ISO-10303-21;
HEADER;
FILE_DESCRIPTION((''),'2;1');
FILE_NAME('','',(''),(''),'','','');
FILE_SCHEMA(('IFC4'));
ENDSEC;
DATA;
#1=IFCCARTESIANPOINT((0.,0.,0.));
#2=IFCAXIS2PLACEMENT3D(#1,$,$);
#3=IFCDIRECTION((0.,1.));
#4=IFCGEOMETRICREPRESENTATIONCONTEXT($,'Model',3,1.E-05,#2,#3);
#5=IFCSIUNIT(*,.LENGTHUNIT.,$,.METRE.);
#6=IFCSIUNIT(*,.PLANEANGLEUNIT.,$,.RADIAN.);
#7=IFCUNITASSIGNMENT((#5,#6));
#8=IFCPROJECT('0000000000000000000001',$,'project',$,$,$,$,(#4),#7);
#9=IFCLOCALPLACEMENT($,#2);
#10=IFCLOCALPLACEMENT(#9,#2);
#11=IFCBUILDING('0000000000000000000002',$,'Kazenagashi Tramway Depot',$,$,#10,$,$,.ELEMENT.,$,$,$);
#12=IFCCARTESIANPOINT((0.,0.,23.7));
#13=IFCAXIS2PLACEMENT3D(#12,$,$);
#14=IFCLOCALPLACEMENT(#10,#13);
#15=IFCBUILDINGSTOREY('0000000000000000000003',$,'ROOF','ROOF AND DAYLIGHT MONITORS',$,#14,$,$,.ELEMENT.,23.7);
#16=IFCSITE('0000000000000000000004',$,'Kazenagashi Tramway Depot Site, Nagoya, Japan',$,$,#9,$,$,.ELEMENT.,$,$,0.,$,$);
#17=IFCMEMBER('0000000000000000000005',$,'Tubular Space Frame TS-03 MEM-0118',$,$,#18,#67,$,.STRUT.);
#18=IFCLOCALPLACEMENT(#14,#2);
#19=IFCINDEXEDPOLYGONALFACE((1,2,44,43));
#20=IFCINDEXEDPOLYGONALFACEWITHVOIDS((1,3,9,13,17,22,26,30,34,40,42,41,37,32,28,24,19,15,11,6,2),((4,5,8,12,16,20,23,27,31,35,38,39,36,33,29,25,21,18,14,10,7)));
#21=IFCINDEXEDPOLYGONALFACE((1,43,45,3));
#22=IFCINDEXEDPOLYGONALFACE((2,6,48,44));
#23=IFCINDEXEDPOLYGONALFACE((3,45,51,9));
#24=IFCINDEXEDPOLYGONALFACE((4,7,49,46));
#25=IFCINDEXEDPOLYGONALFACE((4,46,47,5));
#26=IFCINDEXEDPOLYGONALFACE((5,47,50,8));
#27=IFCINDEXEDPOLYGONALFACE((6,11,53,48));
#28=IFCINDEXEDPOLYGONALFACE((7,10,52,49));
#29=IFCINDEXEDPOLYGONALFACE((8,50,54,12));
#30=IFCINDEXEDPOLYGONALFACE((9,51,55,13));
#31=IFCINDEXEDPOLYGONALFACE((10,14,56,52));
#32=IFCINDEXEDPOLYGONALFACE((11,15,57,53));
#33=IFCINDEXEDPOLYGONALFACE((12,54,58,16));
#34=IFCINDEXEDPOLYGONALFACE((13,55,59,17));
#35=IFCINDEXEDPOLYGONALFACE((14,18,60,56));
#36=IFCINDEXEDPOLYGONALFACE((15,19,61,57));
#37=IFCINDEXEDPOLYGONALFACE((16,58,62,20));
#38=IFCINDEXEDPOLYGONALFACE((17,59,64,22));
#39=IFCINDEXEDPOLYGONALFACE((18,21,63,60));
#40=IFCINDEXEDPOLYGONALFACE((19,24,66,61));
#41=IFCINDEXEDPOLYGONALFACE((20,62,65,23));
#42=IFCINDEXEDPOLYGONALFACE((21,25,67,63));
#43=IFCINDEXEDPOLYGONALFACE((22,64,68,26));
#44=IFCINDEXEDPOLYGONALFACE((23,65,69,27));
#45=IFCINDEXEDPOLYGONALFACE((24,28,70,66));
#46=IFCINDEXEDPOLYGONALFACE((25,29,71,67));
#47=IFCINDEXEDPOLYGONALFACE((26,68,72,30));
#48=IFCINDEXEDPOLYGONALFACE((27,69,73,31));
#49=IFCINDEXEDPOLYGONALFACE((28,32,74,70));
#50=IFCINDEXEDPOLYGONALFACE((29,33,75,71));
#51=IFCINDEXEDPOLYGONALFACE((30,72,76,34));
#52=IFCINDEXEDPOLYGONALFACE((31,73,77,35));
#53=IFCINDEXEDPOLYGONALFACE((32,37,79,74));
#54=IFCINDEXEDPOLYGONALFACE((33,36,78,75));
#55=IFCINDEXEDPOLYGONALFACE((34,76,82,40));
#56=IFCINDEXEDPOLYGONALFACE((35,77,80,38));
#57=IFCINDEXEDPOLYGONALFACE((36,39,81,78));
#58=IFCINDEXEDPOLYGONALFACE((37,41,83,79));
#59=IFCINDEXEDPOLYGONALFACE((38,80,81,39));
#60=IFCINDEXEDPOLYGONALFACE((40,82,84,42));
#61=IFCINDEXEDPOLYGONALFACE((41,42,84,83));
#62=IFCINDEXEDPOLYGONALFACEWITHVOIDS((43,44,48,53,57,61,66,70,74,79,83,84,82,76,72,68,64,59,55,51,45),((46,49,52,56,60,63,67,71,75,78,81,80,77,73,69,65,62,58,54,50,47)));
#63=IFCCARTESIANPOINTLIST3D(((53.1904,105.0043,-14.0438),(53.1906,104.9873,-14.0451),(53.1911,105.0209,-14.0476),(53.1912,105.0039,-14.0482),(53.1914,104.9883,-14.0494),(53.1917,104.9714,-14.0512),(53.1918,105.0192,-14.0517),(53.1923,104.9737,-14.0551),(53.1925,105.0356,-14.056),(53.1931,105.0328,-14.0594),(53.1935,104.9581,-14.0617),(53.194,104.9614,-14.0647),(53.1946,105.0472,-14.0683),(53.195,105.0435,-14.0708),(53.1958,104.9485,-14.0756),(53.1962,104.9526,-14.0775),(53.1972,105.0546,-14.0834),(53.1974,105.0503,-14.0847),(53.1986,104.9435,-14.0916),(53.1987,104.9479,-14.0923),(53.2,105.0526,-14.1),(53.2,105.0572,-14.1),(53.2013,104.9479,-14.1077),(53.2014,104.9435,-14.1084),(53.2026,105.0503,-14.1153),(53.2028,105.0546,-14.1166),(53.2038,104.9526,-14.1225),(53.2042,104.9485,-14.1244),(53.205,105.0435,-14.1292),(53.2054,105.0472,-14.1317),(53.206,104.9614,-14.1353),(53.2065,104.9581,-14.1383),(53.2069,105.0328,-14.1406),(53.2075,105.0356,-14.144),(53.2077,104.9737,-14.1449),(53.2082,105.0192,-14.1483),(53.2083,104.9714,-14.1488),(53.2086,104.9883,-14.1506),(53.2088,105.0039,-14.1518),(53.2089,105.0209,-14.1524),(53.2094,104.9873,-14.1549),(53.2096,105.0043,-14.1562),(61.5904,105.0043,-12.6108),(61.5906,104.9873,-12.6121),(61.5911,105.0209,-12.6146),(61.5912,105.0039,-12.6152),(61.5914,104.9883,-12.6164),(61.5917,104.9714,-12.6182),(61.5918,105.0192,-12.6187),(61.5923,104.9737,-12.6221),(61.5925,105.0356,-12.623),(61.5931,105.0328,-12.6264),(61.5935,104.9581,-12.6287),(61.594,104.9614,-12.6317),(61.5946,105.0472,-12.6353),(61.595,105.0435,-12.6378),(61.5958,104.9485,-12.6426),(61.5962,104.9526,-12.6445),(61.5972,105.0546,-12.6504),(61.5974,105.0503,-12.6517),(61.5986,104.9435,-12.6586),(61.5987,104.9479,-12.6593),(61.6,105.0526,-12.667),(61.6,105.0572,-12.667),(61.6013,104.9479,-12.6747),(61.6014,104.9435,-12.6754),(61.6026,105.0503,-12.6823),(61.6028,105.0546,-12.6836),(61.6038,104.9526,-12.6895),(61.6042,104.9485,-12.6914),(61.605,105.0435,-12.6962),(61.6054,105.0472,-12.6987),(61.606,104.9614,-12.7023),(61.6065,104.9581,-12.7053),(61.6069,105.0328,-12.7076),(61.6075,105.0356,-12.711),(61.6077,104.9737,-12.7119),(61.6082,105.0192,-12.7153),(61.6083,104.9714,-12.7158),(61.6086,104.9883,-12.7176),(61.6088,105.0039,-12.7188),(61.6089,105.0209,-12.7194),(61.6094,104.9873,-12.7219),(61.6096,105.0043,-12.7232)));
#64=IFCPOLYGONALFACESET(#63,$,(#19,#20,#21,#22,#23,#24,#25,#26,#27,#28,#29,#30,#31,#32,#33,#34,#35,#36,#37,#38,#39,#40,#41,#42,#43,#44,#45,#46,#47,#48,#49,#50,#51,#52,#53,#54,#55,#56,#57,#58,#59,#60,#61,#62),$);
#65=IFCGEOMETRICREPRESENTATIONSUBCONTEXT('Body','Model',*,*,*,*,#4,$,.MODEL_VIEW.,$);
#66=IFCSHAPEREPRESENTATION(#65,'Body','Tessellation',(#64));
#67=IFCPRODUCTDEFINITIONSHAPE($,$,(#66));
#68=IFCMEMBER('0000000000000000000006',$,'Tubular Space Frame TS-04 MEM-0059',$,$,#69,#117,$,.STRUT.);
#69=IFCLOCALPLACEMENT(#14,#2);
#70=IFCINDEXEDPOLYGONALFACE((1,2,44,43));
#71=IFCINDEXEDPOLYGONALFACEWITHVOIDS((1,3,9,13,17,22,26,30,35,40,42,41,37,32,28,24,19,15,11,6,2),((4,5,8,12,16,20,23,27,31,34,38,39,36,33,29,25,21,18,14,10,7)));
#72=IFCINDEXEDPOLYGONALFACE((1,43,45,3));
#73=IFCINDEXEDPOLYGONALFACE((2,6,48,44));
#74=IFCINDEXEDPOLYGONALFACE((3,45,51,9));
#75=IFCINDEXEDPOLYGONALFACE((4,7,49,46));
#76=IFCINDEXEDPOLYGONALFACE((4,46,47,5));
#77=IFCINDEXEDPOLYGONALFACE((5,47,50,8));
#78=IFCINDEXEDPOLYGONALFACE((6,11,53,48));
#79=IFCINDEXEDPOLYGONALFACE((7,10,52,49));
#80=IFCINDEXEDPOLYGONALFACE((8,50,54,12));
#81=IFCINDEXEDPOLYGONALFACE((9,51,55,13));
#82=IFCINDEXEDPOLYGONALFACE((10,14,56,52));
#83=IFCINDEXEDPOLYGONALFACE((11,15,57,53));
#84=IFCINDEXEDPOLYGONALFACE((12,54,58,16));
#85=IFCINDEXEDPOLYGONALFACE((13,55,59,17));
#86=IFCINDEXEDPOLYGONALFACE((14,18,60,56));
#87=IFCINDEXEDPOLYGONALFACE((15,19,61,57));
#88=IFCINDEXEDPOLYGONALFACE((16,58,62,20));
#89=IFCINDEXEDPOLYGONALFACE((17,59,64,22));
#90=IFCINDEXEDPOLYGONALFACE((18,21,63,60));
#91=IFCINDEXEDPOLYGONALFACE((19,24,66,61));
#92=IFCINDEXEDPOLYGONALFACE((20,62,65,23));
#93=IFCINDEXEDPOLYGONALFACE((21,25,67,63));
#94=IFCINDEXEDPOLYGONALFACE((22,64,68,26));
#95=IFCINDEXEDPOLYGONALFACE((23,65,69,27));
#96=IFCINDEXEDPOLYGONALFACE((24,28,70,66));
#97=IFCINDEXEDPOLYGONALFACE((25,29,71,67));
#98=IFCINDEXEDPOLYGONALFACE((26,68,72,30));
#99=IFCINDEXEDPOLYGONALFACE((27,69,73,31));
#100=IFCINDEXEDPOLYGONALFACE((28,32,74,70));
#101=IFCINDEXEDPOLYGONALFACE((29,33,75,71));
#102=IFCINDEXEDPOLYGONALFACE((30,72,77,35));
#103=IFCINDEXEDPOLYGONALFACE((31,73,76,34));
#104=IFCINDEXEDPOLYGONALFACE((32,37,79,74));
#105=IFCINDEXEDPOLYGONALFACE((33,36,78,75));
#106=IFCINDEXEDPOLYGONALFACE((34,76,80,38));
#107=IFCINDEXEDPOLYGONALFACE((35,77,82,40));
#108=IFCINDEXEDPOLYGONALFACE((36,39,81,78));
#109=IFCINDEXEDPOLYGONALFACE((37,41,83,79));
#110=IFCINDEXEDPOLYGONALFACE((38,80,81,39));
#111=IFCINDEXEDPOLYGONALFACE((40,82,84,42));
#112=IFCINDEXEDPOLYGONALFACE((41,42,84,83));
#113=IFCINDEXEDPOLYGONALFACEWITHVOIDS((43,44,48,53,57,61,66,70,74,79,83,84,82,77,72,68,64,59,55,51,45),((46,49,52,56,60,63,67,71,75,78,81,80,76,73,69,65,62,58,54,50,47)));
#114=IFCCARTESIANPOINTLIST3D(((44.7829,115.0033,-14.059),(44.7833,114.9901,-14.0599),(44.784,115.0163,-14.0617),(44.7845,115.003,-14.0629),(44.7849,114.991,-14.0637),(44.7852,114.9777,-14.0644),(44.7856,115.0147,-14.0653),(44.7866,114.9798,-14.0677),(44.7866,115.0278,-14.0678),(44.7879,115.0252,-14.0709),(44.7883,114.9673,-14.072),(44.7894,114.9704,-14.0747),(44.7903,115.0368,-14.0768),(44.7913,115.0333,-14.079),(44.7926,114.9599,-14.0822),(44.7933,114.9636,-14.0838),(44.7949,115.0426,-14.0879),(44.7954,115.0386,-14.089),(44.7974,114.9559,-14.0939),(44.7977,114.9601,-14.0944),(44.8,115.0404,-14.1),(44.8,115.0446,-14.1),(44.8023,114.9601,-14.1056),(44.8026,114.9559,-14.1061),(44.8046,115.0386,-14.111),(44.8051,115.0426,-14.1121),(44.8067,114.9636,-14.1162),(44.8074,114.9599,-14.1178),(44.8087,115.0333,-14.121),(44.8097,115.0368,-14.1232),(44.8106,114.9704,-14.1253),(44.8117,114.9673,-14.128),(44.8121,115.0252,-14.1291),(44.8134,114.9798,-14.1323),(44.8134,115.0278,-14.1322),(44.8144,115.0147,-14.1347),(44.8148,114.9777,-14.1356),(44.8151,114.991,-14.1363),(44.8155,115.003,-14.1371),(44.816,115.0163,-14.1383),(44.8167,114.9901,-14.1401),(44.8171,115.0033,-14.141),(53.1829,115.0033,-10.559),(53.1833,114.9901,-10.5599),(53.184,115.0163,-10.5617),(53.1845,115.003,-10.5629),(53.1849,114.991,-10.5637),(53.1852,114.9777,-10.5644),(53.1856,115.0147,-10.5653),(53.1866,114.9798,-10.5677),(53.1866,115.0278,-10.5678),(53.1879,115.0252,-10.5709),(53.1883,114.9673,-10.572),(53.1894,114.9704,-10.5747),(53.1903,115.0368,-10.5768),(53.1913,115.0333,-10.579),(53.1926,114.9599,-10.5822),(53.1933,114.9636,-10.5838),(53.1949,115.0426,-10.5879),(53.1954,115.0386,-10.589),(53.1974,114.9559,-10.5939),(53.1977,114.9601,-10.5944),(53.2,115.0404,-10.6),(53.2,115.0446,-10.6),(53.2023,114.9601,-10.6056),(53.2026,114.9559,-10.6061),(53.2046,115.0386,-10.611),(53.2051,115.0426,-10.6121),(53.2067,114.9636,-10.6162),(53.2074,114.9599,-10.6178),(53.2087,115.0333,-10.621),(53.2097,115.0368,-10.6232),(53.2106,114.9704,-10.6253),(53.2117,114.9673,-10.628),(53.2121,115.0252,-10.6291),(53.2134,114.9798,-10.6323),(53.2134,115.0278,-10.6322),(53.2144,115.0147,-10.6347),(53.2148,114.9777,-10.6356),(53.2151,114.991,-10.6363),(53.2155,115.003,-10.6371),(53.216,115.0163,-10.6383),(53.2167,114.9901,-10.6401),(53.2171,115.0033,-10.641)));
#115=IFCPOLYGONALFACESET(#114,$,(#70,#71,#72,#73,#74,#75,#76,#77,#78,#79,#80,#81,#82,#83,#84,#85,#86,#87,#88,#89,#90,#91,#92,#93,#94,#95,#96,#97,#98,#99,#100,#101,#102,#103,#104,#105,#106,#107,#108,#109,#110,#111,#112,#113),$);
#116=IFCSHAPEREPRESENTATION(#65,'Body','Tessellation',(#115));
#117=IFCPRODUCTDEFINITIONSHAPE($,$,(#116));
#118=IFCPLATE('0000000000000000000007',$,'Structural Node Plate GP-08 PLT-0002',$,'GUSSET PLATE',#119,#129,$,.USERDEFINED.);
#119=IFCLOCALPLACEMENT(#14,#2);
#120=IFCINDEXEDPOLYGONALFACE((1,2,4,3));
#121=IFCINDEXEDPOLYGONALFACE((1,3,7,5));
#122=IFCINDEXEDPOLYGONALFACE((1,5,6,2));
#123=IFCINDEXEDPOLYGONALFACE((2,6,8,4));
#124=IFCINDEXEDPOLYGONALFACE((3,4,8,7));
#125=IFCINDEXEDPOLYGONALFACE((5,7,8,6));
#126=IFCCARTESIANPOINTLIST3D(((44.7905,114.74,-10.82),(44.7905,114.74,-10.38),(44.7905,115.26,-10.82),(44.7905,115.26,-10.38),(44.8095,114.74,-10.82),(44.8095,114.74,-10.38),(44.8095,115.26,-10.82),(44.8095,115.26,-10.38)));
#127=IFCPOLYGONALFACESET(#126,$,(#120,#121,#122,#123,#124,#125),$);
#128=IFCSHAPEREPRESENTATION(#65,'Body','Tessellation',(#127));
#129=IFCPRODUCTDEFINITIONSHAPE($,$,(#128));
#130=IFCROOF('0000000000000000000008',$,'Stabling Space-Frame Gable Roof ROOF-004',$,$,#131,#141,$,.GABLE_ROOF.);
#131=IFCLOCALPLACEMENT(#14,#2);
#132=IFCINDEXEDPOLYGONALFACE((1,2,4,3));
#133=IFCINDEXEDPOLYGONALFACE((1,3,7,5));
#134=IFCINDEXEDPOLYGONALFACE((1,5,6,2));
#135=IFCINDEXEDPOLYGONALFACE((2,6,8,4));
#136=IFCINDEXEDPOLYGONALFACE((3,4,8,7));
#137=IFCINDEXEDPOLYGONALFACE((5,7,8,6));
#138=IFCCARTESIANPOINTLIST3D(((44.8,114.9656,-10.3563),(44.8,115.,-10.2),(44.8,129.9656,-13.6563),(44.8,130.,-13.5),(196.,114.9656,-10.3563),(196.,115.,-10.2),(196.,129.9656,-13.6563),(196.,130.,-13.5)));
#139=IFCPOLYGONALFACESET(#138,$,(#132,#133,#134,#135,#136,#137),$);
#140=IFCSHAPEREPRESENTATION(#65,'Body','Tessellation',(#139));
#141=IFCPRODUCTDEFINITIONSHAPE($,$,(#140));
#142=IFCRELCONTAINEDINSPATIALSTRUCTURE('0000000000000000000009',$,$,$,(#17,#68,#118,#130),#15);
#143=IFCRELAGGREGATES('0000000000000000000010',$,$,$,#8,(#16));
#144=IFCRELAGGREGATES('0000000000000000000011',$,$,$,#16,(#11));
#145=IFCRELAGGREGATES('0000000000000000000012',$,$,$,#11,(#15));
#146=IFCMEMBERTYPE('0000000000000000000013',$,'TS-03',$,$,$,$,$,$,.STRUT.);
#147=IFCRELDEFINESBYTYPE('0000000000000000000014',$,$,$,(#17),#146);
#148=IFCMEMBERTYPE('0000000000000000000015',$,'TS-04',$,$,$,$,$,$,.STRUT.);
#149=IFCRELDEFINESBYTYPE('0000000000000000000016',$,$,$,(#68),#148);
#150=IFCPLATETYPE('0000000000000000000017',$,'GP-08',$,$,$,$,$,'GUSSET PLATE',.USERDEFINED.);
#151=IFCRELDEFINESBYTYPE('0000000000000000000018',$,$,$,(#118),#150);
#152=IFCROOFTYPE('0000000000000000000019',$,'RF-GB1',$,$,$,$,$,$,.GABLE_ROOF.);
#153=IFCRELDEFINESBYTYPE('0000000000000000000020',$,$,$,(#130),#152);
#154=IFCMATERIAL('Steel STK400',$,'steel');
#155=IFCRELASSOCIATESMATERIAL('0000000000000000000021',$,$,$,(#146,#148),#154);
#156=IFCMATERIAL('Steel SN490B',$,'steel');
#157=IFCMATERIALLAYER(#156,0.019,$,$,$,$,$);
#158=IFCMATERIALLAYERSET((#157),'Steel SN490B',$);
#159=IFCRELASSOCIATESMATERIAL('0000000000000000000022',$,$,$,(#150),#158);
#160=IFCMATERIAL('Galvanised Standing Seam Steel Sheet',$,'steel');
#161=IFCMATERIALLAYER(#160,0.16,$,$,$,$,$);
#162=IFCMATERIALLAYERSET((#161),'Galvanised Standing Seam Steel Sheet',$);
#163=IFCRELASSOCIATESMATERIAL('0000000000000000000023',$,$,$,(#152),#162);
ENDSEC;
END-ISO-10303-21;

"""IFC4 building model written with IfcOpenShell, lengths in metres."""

from ifc_helpers import new_model, si_unit, direction, frame, origin, origin_2d, place, context, subcontext, project, spatial, polyline, rectangle, hollow_circle, outline, extrude, material, layer, layer_set, material_profile, profile_set, type_object, element, save


model = new_model("IFC4")

# Units and contexts
model_context = context("Model", 3, precision=1e-05, world=origin(), true_north=direction((0.0, 1.0)))
body_context = subcontext(model_context, "Body", "Model", "MODEL_VIEW")
ifc_project = project(units=[si_unit("LENGTHUNIT", "METRE"), si_unit("PLANEANGLEUNIT", "RADIAN")], contexts=[model_context])

# Site, building, storey
site_placement = place(None, origin())
site = spatial("IfcSite", under=ifc_project, at=site_placement, Name="Kazenagashi Tramway Depot Site, Nagoya, Japan", CompositionType="ELEMENT", RefElevation=0.0)
building_placement = place(site_placement, origin())
building = spatial("IfcBuilding", under=site, at=building_placement, Name="Kazenagashi Tramway Depot", CompositionType="ELEMENT")
storey_placement = place(building_placement, frame((0.0, 0.0, 23.7)))
storey = spatial("IfcBuildingStorey", under=building, at=storey_placement, Name="ROOF", Description="ROOF AND DAYLIGHT MONITORS", CompositionType="ELEMENT", Elevation=23.7)

# Members
ifc_material_1 = material(Name="Steel STK400", Category="steel")
ifc_material_profile_1 = material_profile(ifc_material_1, hollow_circle(Radius=0.0571, WallThickness=0.0045, at=origin_2d()), Name="CHS-114.3x4.5")
ifc_profile_set_1 = profile_set([ifc_material_profile_1], Name="Steel STK400")
member_type_1 = type_object("IfcMemberType", Name="TS-03", PredefinedType="STRUT", material=ifc_profile_set_1)
for number, where, z_axis, x_axis, name in (
    (1, (53.2, 105.0, -14.1), (0.985759, 0.0, 0.168166), (0.0, 1.0, 0.0), "Tubular Space Frame TS-03 MEM-0118"),
):
    element("IfcMember", number, at=place(storey_placement, frame(where, z_axis=z_axis, x_axis=x_axis)), inside=storey, type_object=member_type_1, Name=name, PredefinedType="STRUT", context=body_context, shape_type="SweptSolid", body=[
        extrude(hollow_circle(Radius=0.0571, WallThickness=0.0045, at=origin_2d()), origin(), (0.0, 0.0, 1.0), 8.5214),
    ])
ifc_material_profile_2 = material_profile(ifc_material_1, hollow_circle(Radius=0.0445, WallThickness=0.0042, at=origin_2d()), Name="CHS-89.1x4.2")
ifc_profile_set_2 = profile_set([ifc_material_profile_2], Name="Steel STK400")
member_type_2 = type_object("IfcMemberType", Name="TS-04", PredefinedType="STRUT", material=ifc_profile_set_2)
member_1_placement = place(storey_placement, frame((44.8, 115.0, -14.1), z_axis=(0.923077, 0.0, 0.384615), x_axis=(0.0, 1.0, 0.0)))
element("IfcMember", 2, at=member_1_placement, inside=storey, type_object=member_type_2, Name="Tubular Space Frame TS-04 MEM-0059", PredefinedType="STRUT", context=body_context, shape_type="SweptSolid", body=[
    extrude(hollow_circle(Radius=0.0445, WallThickness=0.0042, at=origin_2d()), origin(), (0.0, 0.0, 1.0), 9.1),
])

# Plate
ifc_material_2 = material(Name="Steel SN490B", Category="steel")
ifc_layer_1 = layer(ifc_material_2, 0.019)
ifc_layer_set_1 = layer_set([ifc_layer_1], Name="Steel SN490B")
plate_type = type_object("IfcPlateType", Name="GP-08", ElementType="GUSSET PLATE", PredefinedType="USERDEFINED", material=ifc_layer_set_1)
plate_placement = place(storey_placement, frame((44.8, 115.0, -10.82), z_axis=(0.0, 0.0, 1.0), x_axis=(0.0, 1.0, 0.0)))
element("IfcPlate", 3, at=plate_placement, inside=storey, type_object=plate_type, Name="Structural Node Plate GP-08 PLT-0002", ObjectType="GUSSET PLATE", PredefinedType="USERDEFINED", context=body_context, shape_type="SweptSolid", body=[
    extrude(rectangle(XDim=0.52, YDim=0.019, at=origin_2d()), origin(), (0.0, 0.0, 1.0), 0.44),
])

# Roof
ifc_material_3 = material(Name="Galvanised Standing Seam Steel Sheet", Category="steel")
ifc_layer_2 = layer(ifc_material_3, 0.16)
ifc_layer_set_2 = layer_set([ifc_layer_2], Name="Galvanised Standing Seam Steel Sheet")
roof_type = type_object("IfcRoofType", Name="RF-GB1", PredefinedType="GABLE_ROOF", material=ifc_layer_set_2)
roof_placement = place(storey_placement, frame((44.8, 115.0, -10.2), z_axis=(0.0, 0.214862, 0.976644), x_axis=(1.0, 0.0, 0.0)))
element("IfcRoof", 4, at=roof_placement, inside=storey, type_object=roof_type, Name="Stabling Space-Frame Gable Roof ROOF-004", PredefinedType="GABLE_ROOF", context=body_context, shape_type="SweptSolid", body=[
    extrude(outline(polyline([(0.0, 0.0), (151.2, 0.0), (151.2, 15.3587), (0.0, 15.3587), (0.0, 0.0)])), origin(), (0.0, 0.0, -1.0), 0.16),
])

save(model, "model.ifc")
